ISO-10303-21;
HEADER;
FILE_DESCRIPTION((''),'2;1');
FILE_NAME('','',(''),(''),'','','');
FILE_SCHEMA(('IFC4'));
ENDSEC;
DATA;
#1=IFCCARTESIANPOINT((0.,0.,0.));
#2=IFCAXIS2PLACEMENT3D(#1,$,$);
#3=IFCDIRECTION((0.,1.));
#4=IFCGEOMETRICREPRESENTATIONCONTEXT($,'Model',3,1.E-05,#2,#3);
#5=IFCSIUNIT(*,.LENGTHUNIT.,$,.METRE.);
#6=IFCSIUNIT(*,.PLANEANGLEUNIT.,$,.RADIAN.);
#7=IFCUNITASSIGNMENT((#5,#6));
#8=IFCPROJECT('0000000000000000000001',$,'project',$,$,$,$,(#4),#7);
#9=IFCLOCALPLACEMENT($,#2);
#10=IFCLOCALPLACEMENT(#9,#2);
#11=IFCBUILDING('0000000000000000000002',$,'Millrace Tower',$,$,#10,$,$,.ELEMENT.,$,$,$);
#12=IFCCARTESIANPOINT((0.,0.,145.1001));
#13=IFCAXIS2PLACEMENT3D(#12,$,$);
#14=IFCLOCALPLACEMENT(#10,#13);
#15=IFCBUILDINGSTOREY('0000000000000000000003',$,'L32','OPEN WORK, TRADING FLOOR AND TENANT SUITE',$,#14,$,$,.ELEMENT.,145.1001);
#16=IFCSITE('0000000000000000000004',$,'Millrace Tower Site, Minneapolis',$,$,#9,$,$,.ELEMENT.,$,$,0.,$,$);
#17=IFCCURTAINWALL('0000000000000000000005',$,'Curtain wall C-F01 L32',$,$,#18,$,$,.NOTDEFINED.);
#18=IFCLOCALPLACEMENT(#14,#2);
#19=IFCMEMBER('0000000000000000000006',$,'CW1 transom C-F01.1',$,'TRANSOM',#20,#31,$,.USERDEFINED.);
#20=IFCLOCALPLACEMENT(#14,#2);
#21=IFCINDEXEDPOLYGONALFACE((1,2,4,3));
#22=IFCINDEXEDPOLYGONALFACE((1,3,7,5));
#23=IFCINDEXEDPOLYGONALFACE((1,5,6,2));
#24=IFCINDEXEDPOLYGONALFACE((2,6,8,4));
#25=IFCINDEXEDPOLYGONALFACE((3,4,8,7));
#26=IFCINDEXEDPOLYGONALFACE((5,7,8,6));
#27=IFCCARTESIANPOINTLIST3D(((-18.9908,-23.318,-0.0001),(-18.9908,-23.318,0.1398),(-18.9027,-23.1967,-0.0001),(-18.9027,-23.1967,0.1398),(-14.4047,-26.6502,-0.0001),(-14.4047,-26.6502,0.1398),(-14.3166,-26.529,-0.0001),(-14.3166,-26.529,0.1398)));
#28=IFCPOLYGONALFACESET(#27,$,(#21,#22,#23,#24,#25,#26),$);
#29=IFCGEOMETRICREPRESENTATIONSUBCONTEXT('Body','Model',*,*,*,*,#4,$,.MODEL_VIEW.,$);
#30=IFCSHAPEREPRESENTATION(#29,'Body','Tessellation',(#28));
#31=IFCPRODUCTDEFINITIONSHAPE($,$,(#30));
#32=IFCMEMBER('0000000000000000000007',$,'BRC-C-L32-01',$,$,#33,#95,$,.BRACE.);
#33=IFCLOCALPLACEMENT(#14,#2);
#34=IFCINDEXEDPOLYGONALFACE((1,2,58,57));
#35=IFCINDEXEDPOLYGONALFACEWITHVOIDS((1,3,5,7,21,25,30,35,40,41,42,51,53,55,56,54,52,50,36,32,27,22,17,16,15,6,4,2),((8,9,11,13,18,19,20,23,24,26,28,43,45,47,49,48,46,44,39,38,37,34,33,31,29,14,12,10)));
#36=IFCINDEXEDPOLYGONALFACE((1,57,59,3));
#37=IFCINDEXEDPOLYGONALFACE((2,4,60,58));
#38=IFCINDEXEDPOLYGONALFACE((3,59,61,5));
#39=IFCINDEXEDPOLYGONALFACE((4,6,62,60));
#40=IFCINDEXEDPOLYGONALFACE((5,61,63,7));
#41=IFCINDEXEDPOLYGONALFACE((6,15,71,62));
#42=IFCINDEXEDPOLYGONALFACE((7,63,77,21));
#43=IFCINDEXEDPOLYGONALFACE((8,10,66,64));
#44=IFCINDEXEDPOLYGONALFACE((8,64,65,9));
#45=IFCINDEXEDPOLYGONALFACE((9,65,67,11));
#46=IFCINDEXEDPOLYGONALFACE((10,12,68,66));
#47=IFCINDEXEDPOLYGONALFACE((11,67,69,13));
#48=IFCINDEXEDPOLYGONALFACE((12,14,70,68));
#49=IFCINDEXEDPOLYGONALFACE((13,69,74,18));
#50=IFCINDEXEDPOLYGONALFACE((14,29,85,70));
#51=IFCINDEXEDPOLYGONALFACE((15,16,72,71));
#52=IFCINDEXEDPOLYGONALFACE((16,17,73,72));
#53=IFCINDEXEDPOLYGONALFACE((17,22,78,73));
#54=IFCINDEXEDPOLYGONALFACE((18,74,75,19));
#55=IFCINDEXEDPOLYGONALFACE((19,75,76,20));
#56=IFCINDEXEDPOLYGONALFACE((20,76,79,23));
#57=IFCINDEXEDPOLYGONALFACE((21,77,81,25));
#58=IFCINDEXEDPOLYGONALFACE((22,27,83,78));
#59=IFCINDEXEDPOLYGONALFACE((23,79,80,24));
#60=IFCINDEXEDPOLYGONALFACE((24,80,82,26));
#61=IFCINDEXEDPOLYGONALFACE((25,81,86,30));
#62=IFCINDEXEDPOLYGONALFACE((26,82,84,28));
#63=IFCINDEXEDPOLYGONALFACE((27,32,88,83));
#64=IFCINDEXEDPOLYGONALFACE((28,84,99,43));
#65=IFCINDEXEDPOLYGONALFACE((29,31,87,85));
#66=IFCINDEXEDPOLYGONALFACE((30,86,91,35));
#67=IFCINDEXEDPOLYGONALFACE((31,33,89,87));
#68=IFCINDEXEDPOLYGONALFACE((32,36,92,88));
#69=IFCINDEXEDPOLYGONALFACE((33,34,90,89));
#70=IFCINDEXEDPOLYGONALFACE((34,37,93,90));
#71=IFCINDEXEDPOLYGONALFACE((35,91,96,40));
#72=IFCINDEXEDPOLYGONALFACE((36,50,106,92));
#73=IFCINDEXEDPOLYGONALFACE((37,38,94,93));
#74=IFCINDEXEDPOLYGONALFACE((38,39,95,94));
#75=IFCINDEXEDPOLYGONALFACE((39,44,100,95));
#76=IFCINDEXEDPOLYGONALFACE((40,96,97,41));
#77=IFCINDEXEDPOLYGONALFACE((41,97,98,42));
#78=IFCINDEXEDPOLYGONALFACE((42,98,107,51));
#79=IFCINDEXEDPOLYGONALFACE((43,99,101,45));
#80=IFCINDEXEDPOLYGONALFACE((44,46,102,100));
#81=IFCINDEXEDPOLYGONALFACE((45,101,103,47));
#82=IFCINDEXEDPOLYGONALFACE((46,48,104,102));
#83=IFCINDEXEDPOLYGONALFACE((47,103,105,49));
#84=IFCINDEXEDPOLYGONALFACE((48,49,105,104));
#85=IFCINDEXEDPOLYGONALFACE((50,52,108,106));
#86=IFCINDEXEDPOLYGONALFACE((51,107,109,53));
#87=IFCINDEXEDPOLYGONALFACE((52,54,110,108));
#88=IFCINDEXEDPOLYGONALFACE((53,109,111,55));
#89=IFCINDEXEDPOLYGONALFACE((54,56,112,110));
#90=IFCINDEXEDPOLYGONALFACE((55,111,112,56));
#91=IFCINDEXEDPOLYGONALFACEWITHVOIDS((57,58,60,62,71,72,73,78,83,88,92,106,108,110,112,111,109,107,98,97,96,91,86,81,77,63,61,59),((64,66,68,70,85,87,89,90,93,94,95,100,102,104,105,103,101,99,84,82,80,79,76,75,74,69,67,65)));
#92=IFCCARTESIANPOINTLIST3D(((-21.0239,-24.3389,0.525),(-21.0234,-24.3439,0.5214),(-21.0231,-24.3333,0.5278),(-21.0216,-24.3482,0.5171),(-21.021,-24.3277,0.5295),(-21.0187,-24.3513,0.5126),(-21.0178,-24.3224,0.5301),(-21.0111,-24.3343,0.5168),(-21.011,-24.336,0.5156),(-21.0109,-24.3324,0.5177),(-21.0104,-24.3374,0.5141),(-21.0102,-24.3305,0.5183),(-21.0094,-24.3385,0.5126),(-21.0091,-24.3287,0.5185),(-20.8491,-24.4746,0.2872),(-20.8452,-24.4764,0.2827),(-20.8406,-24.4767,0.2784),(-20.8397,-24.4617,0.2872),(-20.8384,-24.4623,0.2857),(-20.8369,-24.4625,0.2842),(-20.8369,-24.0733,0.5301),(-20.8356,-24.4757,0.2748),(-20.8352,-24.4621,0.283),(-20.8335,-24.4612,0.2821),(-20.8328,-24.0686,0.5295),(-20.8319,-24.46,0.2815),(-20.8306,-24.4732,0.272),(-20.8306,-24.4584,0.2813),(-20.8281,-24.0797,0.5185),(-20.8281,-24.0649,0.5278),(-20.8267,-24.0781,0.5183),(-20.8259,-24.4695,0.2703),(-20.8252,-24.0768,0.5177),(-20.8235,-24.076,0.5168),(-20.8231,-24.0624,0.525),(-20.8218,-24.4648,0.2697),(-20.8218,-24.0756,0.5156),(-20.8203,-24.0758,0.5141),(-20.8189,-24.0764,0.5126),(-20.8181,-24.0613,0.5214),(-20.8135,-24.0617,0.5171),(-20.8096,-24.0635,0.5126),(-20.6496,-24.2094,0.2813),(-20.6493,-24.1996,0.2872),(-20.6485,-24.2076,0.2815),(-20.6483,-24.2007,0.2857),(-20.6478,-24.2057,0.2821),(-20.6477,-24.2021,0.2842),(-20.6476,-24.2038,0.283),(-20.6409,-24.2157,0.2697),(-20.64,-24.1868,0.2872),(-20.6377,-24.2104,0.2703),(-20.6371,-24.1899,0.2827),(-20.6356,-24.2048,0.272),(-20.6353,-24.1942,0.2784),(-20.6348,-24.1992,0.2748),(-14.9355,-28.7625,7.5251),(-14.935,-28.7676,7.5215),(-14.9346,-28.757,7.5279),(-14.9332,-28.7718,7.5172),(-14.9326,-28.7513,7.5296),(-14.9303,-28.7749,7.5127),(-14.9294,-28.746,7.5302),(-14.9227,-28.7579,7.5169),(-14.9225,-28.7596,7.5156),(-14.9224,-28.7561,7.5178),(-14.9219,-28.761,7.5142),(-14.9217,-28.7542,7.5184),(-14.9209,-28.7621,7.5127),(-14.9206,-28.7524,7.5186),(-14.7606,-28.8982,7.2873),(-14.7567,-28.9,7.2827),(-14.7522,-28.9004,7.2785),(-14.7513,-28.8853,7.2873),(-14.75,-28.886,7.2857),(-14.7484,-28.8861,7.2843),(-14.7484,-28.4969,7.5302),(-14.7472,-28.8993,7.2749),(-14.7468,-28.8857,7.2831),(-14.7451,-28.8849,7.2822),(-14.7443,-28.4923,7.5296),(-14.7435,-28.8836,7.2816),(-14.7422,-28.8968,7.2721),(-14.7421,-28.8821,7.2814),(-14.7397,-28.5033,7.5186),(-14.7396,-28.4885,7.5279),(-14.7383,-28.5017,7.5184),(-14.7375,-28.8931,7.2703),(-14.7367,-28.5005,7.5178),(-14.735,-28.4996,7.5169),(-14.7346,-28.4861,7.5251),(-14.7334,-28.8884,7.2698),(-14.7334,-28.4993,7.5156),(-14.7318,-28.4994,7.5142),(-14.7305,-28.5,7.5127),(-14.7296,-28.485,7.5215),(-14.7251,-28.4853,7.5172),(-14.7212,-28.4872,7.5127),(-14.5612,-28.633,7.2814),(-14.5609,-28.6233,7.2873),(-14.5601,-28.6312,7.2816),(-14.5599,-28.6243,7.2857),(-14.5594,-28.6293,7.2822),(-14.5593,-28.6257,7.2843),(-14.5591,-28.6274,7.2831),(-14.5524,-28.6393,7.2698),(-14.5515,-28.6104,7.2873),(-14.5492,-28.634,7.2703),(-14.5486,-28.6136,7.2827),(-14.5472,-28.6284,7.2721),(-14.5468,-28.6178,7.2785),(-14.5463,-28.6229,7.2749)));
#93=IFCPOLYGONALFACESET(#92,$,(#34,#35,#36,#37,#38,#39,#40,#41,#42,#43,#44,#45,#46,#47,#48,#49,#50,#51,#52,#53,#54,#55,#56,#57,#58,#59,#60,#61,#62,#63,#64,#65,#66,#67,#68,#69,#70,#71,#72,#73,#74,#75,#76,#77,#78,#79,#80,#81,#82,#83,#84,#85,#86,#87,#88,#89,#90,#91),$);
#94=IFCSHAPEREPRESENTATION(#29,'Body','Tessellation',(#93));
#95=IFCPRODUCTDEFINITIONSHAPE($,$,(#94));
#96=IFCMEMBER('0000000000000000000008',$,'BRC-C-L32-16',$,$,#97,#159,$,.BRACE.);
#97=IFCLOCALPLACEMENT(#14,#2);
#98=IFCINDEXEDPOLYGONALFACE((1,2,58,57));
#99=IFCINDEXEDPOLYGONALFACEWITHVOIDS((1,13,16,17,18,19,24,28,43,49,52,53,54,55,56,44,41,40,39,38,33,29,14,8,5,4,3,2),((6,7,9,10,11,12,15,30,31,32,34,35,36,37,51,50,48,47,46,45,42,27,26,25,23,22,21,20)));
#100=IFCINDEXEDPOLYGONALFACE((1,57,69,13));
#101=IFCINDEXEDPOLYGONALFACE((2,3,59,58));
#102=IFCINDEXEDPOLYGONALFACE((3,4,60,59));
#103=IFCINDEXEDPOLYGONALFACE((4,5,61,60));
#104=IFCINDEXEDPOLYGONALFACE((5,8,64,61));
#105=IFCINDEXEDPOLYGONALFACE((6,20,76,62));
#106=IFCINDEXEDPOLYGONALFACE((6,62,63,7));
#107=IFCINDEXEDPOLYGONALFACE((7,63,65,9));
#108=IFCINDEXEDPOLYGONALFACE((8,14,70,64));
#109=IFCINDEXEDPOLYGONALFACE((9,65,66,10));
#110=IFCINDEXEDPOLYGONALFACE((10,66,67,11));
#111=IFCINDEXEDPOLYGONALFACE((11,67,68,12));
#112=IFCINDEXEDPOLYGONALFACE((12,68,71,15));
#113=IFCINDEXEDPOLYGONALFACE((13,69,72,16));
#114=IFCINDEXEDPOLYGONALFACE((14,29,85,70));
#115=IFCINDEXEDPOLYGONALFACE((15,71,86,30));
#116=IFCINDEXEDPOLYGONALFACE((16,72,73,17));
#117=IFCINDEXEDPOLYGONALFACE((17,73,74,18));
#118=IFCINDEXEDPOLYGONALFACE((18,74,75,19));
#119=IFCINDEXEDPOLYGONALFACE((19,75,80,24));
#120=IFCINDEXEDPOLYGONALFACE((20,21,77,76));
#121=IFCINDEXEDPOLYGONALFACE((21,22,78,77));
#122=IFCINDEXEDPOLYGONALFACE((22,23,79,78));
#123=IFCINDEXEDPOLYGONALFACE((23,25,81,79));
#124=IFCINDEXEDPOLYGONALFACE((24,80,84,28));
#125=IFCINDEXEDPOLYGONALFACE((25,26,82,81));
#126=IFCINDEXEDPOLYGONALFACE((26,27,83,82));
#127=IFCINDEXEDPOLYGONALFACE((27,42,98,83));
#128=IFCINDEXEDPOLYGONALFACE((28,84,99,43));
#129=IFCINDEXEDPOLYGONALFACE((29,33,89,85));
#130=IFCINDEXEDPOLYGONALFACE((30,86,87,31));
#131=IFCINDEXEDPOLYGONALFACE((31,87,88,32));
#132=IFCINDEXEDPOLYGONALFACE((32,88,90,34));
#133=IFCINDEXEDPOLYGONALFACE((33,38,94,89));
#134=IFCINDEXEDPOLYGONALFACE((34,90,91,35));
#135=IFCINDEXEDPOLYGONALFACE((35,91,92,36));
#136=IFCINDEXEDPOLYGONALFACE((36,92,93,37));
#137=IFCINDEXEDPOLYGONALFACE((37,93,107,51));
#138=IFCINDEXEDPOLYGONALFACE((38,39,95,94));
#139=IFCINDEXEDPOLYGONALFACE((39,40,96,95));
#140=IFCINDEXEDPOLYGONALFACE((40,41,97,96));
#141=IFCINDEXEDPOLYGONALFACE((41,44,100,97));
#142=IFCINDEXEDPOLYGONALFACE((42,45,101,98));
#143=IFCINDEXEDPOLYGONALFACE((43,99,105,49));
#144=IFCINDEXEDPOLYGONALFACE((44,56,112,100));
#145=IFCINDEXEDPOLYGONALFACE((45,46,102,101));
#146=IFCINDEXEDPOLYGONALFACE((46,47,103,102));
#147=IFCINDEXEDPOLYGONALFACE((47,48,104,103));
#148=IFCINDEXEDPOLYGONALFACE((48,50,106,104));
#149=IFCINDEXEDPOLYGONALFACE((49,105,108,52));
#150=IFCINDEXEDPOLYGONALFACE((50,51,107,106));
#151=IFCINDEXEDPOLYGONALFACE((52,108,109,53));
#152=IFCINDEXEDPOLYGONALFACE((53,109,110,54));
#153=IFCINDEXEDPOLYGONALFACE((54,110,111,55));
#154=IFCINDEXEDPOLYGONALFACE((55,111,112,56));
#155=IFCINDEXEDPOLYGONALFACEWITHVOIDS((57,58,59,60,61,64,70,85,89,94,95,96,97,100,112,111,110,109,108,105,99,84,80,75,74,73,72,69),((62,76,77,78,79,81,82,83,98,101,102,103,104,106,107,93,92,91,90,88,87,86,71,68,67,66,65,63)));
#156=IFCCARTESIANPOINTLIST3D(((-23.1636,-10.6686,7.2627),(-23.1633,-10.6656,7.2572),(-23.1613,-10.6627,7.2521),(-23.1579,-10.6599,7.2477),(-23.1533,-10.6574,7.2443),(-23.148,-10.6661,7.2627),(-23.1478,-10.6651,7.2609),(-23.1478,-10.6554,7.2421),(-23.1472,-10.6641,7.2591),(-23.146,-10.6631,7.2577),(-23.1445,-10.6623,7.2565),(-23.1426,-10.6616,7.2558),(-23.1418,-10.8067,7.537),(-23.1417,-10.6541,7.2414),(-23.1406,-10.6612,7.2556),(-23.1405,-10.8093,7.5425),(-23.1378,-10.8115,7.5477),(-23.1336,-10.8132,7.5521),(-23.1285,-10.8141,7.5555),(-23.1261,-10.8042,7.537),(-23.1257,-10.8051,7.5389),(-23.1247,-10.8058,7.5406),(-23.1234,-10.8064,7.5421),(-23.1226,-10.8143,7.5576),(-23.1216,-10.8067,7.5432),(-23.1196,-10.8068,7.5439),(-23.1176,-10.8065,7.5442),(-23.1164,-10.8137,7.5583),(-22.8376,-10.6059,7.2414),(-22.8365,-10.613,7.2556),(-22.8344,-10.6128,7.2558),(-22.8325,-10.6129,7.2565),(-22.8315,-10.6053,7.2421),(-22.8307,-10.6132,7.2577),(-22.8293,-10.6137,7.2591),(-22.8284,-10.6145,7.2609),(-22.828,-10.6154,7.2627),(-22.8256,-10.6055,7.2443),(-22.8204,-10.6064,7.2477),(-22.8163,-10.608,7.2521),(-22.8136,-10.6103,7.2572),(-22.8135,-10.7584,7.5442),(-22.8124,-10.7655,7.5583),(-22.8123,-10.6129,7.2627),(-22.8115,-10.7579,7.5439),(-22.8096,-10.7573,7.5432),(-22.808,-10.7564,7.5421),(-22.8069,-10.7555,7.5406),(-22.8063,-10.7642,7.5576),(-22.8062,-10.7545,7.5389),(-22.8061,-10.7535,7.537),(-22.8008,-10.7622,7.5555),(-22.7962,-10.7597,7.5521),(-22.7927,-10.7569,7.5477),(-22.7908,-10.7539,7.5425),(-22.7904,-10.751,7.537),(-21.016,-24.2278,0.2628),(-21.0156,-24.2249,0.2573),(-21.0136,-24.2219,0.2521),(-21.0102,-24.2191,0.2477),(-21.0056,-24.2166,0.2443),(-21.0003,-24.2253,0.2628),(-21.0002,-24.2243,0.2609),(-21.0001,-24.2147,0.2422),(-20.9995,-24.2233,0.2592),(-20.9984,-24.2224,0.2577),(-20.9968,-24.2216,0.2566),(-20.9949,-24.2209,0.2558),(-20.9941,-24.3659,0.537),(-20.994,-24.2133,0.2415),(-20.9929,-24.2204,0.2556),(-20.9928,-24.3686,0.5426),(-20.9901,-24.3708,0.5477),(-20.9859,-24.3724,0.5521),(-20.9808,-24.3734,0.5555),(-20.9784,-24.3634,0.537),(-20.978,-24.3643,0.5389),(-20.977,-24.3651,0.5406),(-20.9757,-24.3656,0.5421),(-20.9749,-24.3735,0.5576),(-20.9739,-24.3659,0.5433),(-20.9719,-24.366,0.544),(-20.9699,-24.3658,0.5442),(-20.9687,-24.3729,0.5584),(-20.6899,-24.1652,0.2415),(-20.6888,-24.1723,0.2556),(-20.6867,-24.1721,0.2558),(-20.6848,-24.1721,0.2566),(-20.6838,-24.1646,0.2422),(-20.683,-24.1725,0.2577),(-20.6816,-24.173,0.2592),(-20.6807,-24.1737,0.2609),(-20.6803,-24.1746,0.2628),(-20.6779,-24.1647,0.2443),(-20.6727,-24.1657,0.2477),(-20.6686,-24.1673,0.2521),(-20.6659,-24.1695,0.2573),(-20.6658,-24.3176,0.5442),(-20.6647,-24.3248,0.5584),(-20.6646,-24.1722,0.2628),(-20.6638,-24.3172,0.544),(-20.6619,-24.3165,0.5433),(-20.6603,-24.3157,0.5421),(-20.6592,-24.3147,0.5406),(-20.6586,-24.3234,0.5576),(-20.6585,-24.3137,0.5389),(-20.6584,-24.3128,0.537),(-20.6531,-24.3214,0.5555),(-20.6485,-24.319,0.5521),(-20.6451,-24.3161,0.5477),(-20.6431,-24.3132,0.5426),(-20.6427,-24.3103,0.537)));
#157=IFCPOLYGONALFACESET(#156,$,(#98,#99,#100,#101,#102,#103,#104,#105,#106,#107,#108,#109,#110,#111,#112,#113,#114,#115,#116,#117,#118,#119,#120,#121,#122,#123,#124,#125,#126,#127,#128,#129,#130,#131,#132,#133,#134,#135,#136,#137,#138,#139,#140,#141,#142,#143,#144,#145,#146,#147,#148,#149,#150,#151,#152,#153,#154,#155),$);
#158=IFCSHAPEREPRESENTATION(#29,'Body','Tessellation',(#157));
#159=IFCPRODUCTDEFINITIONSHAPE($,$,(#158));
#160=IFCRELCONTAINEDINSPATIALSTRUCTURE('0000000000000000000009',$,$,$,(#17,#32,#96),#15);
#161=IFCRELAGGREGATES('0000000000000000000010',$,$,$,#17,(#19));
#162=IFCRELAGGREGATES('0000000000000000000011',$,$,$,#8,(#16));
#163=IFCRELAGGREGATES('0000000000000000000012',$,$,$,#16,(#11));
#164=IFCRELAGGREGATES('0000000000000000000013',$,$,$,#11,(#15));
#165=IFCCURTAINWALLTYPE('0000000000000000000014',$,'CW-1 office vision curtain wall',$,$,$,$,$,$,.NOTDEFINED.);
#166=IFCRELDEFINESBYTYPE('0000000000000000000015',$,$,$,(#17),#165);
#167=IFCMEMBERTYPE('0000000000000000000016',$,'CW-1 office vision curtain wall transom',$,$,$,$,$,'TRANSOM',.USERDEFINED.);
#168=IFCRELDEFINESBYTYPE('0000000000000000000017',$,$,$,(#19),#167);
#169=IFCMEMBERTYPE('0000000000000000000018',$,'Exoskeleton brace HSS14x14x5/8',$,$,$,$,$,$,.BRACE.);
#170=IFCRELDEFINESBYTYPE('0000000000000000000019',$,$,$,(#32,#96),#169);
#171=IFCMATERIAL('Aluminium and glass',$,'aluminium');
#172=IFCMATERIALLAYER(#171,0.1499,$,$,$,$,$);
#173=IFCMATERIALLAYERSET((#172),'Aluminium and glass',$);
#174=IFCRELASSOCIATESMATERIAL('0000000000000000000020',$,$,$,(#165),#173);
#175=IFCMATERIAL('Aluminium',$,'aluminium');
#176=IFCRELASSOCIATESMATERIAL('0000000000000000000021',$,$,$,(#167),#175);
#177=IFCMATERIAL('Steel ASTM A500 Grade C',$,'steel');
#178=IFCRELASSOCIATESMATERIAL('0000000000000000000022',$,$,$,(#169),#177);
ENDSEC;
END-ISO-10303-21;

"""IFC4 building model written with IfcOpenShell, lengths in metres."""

from ifc_helpers import new_model, si_unit, direction, frame, origin, origin_2d, place, context, subcontext, project, spatial, rectangle, hollow_rectangle, extrude, material, layer, layer_set, material_profile, profile_set, type_object, element, aggregate, save


model = new_model("IFC4")

# Units and contexts
model_context = context("Model", 3, precision=1e-05, world=origin(), true_north=direction((0.0, 1.0)))
body_context = subcontext(model_context, "Body", "Model", "MODEL_VIEW")
ifc_project = project(units=[si_unit("LENGTHUNIT", "METRE"), si_unit("PLANEANGLEUNIT", "RADIAN")], contexts=[model_context])

# Site, building, storey
site_placement = place(None, origin())
site = spatial("IfcSite", under=ifc_project, at=site_placement, Name="Millrace Tower Site, Minneapolis", CompositionType="ELEMENT", RefElevation=0.0)
building_placement = place(site_placement, origin())
building = spatial("IfcBuilding", under=site, at=building_placement, Name="Millrace Tower", CompositionType="ELEMENT")
storey_placement = place(building_placement, frame((0.0, 0.0, 145.1001)))
storey = spatial("IfcBuildingStorey", under=building, at=storey_placement, Name="L32", Description="OPEN WORK, TRADING FLOOR AND TENANT SUITE", CompositionType="ELEMENT", Elevation=145.1001)

# Curtain wall
ifc_material_1 = material(Name="Aluminium and glass", Category="aluminium")
ifc_layer_1 = layer(ifc_material_1, 0.1499)
ifc_layer_set_1 = layer_set([ifc_layer_1], Name="Aluminium and glass")
curtain_wall_type = type_object("IfcCurtainWallType", Name="CW-1 office vision curtain wall", PredefinedType="NOTDEFINED", material=ifc_layer_set_1)
placement = place(storey_placement, origin())
curtain_wall_1 = element("IfcCurtainWall", 1, at=placement, inside=storey, type_object=curtain_wall_type, Name="Curtain wall C-F01 L32", PredefinedType="NOTDEFINED")

# Member
ifc_material_2 = material(Name="Aluminium", Category="aluminium")
ifc_material_profile_1 = material_profile(ifc_material_2, rectangle(XDim=0.1499, YDim=0.1399, at=origin_2d()))
ifc_profile_set_1 = profile_set([ifc_material_profile_1], Name="Aluminium")
member_type_1 = type_object("IfcMemberType", Name="CW-1 office vision curtain wall transom", ElementType="TRANSOM", PredefinedType="USERDEFINED", material=ifc_profile_set_1)
member_1_placement = place(storey_placement, frame((-18.9468, -23.2573, 0.0698), z_axis=(0.808999, -0.587811, 0.0), x_axis=(0.587811, 0.808999, 0.0)))
member_1 = element("IfcMember", 2, at=member_1_placement, type_object=member_type_1, Name="CW1 transom C-F01.1", ObjectType="TRANSOM", PredefinedType="USERDEFINED", context=body_context, shape_type="SweptSolid", body=[
    extrude(rectangle(XDim=0.1499, YDim=0.1399, at=origin_2d()), origin(), (0.0, 0.0, 1.0), 5.6689),
])
aggregate(curtain_wall_1, [member_1])

# Members
ifc_material_3 = material(Name="Steel ASTM A500 Grade C", Category="steel")
ifc_material_profile_2 = material_profile(ifc_material_3, hollow_rectangle(XDim=0.3557, YDim=0.3557, WallThickness=0.0159, InnerFilletRadius=0.0081, OuterFilletRadius=0.0239, at=origin_2d()))
ifc_profile_set_2 = profile_set([ifc_material_profile_2], Name="Steel ASTM A500 Grade C")
member_type_2 = type_object("IfcMemberType", Name="Exoskeleton brace HSS14x14x5/8", PredefinedType="BRACE", material=ifc_profile_set_2)
member_2_placement = place(storey_placement, frame((-20.8293, -24.269, 0.3999), z_axis=(0.592372, -0.430395, 0.681069), x_axis=(0.587795, 0.80901, 0.0)))
element("IfcMember", 3, at=member_2_placement, inside=storey, type_object=member_type_2, Name="BRC-C-L32-01", PredefinedType="BRACE", context=body_context, shape_type="SweptSolid", body=[
    extrude(hollow_rectangle(XDim=0.3557, YDim=0.3557, WallThickness=0.0159, InnerFilletRadius=0.0081, OuterFilletRadius=0.0239, at=origin_2d()), origin(), (0.0, 0.0, 1.0), 10.2781),
])
member_3_placement = place(storey_placement, frame((-20.8293, -24.269, 0.3999), z_axis=(-0.139371, 0.879905, 0.454251), x_axis=(-0.987687, -0.156443, 0.0)))
element("IfcMember", 4, at=member_3_placement, inside=storey, type_object=member_type_2, Name="BRC-C-L32-16", PredefinedType="BRACE", context=body_context, shape_type="SweptSolid", body=[
    extrude(hollow_rectangle(XDim=0.3557, YDim=0.3557, WallThickness=0.0159, InnerFilletRadius=0.0081, OuterFilletRadius=0.0239, at=origin_2d()), origin(), (0.0, 0.0, 1.0), 15.4099),
])

save(model, "model.ifc")
